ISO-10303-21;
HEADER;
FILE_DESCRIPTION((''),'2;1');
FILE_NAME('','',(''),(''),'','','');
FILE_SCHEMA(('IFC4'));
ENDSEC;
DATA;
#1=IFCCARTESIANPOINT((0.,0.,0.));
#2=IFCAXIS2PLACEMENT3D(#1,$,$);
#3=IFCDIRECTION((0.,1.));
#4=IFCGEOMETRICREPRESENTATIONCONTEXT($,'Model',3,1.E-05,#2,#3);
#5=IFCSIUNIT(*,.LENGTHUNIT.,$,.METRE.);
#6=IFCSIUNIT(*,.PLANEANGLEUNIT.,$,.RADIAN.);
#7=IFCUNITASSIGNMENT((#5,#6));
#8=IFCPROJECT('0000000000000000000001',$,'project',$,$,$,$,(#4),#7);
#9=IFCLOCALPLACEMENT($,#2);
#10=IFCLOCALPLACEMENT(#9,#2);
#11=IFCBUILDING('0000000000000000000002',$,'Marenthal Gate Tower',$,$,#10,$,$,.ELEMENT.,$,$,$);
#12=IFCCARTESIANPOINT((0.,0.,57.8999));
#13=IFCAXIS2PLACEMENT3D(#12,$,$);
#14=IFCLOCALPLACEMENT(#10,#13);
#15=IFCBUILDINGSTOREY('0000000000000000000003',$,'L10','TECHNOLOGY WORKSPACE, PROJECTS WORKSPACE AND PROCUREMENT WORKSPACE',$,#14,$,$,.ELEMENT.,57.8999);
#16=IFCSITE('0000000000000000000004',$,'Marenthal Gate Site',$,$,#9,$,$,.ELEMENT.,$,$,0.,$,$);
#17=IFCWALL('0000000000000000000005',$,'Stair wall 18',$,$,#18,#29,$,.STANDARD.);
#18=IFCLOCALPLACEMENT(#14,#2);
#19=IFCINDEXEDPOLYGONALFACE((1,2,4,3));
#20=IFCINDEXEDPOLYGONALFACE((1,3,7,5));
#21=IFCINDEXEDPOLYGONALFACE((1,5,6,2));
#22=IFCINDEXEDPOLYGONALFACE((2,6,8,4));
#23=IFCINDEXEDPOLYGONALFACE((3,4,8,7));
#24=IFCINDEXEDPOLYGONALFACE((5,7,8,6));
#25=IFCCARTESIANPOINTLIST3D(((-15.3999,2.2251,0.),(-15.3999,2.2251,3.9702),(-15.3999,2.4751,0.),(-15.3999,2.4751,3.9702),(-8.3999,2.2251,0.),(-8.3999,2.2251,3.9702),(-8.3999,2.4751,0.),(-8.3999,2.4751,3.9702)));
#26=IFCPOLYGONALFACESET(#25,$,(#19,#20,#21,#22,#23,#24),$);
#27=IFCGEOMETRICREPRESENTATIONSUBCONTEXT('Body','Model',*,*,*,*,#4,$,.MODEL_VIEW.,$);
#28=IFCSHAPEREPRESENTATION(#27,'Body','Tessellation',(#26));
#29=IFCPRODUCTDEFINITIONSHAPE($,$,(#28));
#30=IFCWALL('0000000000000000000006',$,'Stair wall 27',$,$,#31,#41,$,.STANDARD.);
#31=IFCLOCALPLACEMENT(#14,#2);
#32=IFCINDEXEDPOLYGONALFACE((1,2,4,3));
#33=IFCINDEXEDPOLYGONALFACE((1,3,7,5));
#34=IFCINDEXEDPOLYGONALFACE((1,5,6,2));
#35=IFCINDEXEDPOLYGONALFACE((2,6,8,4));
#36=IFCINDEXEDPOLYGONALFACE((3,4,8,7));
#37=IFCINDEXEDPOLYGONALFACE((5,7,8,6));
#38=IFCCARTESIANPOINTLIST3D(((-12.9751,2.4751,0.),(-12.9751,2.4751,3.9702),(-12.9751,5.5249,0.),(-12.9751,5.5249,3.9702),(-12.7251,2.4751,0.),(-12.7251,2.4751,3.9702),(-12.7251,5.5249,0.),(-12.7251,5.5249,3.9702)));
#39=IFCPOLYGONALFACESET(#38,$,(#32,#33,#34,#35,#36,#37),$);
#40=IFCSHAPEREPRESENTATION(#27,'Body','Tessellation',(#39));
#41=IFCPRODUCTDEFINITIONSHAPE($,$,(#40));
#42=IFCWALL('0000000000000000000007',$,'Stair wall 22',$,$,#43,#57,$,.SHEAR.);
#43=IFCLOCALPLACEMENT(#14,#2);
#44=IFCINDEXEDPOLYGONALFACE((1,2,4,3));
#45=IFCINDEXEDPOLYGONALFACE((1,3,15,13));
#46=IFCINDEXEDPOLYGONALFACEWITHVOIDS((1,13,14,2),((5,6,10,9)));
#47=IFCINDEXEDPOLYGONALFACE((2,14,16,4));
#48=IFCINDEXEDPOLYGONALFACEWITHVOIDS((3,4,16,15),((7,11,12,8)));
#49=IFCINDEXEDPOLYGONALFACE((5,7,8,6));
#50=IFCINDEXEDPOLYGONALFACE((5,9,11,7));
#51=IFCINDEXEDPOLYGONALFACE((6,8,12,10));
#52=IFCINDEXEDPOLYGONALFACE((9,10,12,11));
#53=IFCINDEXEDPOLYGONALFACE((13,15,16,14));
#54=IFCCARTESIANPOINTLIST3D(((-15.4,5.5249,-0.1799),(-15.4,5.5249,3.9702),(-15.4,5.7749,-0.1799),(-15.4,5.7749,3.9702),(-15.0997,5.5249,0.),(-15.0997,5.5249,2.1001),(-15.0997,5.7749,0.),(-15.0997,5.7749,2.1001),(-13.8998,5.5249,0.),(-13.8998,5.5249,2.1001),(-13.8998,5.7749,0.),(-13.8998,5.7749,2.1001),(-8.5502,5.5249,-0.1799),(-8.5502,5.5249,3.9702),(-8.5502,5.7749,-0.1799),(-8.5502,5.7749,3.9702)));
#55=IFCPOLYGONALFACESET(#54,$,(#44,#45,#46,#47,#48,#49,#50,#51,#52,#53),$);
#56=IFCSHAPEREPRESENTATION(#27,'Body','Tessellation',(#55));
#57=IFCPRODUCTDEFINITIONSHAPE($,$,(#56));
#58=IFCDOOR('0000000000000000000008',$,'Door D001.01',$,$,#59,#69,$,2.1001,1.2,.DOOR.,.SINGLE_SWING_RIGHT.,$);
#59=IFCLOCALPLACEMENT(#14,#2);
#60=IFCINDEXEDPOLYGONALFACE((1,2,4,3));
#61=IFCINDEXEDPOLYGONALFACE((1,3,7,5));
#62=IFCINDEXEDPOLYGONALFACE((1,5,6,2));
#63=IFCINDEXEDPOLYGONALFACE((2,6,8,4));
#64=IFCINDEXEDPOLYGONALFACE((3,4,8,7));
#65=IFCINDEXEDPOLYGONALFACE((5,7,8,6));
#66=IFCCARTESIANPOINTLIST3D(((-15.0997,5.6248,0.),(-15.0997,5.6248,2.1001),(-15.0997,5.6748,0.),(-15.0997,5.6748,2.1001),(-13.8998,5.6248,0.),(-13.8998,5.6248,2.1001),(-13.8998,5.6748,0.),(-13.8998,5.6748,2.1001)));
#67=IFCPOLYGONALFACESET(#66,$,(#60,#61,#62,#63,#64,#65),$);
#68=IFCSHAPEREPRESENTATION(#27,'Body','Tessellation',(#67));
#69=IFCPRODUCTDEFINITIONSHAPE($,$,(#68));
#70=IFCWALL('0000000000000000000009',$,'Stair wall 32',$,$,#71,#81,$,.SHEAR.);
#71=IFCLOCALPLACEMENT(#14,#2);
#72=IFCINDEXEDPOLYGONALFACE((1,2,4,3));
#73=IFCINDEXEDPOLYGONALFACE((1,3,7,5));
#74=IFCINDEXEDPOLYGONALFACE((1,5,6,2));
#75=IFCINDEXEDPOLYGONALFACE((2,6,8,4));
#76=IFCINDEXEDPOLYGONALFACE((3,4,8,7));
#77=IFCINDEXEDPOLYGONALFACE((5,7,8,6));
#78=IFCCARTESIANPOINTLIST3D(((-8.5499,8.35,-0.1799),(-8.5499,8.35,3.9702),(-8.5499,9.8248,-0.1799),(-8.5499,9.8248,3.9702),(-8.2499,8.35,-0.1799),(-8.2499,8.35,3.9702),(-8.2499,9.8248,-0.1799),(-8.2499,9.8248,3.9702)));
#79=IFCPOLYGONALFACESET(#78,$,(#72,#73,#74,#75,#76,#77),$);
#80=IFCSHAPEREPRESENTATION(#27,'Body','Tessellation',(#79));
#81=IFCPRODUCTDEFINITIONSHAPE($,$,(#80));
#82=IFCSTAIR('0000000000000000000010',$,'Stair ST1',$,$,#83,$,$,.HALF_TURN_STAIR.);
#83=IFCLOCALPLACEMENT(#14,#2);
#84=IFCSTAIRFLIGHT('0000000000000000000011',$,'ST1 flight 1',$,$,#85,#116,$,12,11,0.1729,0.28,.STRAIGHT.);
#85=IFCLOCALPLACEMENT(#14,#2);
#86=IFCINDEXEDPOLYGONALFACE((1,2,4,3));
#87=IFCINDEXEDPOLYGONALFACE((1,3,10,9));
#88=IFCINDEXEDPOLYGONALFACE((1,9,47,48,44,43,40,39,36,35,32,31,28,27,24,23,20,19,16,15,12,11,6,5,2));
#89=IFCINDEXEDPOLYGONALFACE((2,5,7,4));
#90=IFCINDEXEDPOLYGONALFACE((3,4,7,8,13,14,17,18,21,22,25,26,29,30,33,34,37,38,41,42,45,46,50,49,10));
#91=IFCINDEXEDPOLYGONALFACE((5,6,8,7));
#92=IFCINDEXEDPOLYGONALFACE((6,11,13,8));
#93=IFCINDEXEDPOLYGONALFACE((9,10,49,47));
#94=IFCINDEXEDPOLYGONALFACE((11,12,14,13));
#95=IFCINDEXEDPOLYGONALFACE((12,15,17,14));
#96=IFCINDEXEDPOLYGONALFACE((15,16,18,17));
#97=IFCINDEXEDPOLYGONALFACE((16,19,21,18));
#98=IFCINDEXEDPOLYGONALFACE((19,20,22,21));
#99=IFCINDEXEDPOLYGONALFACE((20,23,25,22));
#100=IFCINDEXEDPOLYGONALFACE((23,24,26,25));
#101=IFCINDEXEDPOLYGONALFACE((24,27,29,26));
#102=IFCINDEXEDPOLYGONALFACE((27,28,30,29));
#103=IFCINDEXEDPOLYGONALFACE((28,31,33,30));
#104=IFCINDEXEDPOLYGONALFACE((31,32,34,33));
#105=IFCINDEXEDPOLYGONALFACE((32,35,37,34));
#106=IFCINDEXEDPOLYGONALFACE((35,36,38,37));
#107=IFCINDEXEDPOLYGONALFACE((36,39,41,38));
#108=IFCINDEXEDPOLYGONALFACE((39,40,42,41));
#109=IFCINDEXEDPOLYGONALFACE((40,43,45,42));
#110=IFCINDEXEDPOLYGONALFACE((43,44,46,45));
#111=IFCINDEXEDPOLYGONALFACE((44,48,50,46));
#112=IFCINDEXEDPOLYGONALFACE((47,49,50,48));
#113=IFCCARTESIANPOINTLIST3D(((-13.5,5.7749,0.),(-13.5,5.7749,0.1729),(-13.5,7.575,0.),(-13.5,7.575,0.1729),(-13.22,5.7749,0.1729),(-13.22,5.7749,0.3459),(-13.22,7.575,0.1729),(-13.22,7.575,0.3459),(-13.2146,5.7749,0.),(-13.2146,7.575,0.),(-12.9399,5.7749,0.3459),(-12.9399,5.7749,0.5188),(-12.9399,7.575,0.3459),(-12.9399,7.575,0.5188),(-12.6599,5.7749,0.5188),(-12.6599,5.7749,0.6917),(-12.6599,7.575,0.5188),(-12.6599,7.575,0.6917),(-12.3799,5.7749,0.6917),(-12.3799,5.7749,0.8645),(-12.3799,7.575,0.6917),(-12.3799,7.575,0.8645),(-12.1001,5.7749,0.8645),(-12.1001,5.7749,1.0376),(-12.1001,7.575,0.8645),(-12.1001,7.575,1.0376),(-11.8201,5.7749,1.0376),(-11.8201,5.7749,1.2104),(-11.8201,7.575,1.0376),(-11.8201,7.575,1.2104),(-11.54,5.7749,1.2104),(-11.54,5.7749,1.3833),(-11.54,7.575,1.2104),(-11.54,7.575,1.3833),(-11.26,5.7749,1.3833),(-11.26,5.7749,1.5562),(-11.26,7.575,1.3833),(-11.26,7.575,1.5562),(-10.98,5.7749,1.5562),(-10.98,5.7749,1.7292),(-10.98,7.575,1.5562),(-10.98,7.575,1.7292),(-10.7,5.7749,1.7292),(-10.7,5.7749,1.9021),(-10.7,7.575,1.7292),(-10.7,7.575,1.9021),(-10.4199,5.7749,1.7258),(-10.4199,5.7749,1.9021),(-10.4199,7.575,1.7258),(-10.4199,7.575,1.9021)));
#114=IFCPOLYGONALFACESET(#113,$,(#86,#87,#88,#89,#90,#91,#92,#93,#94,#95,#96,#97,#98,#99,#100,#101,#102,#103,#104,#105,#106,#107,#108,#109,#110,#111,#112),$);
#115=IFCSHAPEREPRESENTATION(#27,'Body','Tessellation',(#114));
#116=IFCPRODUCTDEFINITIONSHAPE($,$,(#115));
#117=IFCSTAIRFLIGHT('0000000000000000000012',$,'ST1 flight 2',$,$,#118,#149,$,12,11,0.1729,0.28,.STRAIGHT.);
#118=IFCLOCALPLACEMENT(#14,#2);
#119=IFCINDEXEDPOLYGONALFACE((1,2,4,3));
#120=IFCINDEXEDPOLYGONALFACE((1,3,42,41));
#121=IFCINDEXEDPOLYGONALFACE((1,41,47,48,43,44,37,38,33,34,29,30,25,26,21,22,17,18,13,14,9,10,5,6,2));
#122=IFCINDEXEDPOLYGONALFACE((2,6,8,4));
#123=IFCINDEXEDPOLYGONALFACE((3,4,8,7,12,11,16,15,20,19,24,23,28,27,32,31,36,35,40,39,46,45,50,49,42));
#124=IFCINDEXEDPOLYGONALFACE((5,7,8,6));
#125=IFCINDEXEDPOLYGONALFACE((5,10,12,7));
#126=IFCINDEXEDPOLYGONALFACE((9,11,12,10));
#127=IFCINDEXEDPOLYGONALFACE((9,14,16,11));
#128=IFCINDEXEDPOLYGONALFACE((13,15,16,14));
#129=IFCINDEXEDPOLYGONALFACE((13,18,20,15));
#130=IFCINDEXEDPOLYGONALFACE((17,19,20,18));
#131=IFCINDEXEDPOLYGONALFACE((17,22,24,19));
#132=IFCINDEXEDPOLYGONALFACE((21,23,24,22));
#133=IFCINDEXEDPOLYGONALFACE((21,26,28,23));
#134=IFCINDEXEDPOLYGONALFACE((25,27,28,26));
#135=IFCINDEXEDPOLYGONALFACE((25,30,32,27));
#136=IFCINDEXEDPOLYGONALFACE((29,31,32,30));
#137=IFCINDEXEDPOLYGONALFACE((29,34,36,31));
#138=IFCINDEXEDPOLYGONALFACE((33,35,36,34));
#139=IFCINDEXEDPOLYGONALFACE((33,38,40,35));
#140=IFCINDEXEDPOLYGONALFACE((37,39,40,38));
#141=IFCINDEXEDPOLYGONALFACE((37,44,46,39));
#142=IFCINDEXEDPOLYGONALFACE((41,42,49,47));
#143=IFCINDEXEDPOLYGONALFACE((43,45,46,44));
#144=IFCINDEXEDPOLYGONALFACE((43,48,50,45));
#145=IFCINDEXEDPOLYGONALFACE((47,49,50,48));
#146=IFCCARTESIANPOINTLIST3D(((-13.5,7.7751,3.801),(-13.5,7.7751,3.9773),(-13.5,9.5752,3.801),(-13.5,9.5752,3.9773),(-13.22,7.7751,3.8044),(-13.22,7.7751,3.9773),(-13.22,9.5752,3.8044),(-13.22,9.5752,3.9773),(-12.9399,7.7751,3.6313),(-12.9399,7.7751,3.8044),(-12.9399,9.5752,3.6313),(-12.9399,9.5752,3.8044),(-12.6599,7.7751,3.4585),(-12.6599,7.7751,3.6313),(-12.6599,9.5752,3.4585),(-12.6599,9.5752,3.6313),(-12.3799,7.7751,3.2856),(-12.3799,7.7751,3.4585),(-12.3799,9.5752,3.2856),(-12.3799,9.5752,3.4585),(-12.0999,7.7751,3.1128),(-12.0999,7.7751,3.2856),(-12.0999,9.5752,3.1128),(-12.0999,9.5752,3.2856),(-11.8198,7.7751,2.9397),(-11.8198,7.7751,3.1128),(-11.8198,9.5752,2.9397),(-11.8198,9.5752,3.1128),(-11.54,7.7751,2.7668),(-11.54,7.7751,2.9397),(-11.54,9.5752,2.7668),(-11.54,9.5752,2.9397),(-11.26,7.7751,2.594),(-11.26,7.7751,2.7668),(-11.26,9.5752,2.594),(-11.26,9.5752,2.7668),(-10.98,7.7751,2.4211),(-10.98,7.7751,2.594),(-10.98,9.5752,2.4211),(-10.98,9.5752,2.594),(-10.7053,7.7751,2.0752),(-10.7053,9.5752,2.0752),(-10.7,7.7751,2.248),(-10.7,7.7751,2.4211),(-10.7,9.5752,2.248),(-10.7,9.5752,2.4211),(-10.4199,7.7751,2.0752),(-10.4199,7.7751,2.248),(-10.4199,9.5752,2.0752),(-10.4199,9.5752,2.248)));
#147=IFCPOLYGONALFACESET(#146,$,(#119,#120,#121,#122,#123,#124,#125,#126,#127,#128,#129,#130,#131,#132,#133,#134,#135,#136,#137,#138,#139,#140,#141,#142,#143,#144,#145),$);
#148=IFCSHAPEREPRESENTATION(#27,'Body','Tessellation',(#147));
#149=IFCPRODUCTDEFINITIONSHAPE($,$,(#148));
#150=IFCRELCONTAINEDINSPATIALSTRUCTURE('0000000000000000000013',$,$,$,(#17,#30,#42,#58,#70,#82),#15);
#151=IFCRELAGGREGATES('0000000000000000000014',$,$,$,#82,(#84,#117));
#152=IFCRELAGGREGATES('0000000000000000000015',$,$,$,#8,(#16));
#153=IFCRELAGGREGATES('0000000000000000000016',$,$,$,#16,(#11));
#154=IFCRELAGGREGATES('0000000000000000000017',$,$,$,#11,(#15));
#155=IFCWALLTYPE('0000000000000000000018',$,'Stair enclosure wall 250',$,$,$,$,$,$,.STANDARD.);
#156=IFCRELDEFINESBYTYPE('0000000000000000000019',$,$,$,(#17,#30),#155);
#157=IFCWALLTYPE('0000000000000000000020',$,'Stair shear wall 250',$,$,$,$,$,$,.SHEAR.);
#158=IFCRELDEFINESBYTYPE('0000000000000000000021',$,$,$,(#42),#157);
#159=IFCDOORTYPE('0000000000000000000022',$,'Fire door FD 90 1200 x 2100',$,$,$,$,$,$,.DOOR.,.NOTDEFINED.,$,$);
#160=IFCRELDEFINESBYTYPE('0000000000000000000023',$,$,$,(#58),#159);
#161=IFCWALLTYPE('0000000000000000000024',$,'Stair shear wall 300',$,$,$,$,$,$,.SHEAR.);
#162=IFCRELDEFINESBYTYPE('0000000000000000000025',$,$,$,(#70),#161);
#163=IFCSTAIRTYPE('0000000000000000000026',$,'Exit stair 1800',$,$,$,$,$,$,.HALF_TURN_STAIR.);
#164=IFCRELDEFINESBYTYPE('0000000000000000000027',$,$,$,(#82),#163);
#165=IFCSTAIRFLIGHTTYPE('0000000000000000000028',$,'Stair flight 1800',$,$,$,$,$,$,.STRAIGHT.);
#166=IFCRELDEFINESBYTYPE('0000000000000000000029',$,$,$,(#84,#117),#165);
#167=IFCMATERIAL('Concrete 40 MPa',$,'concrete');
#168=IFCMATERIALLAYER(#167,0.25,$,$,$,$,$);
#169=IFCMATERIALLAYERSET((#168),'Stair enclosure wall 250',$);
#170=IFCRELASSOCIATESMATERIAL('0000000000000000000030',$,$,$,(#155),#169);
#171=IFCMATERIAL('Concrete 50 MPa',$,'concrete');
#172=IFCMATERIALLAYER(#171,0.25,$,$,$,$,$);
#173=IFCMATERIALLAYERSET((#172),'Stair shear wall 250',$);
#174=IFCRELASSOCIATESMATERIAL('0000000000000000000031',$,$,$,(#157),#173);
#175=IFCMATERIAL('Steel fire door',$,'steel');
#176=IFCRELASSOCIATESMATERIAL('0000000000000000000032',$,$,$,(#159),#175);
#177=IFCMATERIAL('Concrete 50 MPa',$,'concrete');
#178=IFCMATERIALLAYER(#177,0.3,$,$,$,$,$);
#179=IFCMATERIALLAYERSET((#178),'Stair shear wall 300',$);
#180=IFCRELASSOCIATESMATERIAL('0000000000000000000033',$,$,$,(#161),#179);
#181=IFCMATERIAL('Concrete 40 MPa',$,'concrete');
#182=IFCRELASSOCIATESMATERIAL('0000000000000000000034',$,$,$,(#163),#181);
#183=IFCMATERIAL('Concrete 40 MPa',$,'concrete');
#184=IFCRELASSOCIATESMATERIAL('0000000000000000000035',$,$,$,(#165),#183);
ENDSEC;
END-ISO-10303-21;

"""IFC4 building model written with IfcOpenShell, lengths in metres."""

from ifc_helpers import new_model, si_unit, direction, frame, frame_2d, origin, place, context, subcontext, project, spatial, polyline, rectangle, outline, extrude, material, layer, layer_set, type_object, element, fill, aggregate, save


model = new_model("IFC4")

# Units and contexts
model_context = context("Model", 3, precision=1e-05, world=origin(), true_north=direction((0.0, 1.0)))
body_context = subcontext(model_context, "Body", "Model", "MODEL_VIEW")
ifc_project = project(units=[si_unit("LENGTHUNIT", "METRE"), si_unit("PLANEANGLEUNIT", "RADIAN")], contexts=[model_context])

# Site, building, storey
site_placement = place(None, origin())
site = spatial("IfcSite", under=ifc_project, at=site_placement, Name="Marenthal Gate Site", CompositionType="ELEMENT", RefElevation=0.0)
building_placement = place(site_placement, origin())
building = spatial("IfcBuilding", under=site, at=building_placement, Name="Marenthal Gate Tower", CompositionType="ELEMENT")
storey_placement = place(building_placement, frame((0.0, 0.0, 57.8999)))
storey = spatial("IfcBuildingStorey", under=building, at=storey_placement, Name="L10", Description="TECHNOLOGY WORKSPACE, PROJECTS WORKSPACE AND PROCUREMENT WORKSPACE", CompositionType="ELEMENT", Elevation=57.8999)

# Walls
ifc_material_1 = material(Name="Concrete 40 MPa", Category="concrete")
ifc_layer_1 = layer(ifc_material_1, 0.25)
ifc_layer_set_1 = layer_set([ifc_layer_1], Name="Stair enclosure wall 250")
wall_type_1 = type_object("IfcWallType", Name="Stair enclosure wall 250", PredefinedType="STANDARD", material=ifc_layer_set_1)
wall_1_placement = place(storey_placement, frame((-15.3999, 2.3501, 0.0), z_axis=(0.0, 0.0, 1.0), x_axis=(1.0, 0.0, 0.0)))
element("IfcWall", 1, at=wall_1_placement, inside=storey, type_object=wall_type_1, Name="Stair wall 18", PredefinedType="STANDARD", context=body_context, shape_type="SweptSolid", body=[
    extrude(rectangle(XDim=7.0, YDim=0.25, at=frame_2d((3.5, 0.0))), origin(), (0.0, 0.0, 1.0), 3.9702),
])
wall_2_placement = place(storey_placement, frame((-12.8501, 2.4751, 0.0), z_axis=(0.0, 0.0, 1.0), x_axis=(0.0, 1.0, 0.0)))
element("IfcWall", 2, at=wall_2_placement, inside=storey, type_object=wall_type_1, Name="Stair wall 27", PredefinedType="STANDARD", context=body_context, shape_type="SweptSolid", body=[
    extrude(rectangle(XDim=3.0498, YDim=0.25, at=frame_2d((1.5249, 0.0))), origin(), (0.0, 0.0, 1.0), 3.9702),
])

# Wall, opening, door
ifc_material_2 = material(Name="Concrete 50 MPa", Category="concrete")
ifc_layer_2 = layer(ifc_material_2, 0.25)
ifc_layer_set_2 = layer_set([ifc_layer_2], Name="Stair shear wall 250")
wall_type_2 = type_object("IfcWallType", Name="Stair shear wall 250", PredefinedType="SHEAR", material=ifc_layer_set_2)
wall_3_placement = place(storey_placement, frame((-15.3999, 5.6499, -0.1799), z_axis=(0.0, 0.0, 1.0), x_axis=(1.0, 0.0, 0.0)))
wall_3 = element("IfcWall", 3, at=wall_3_placement, inside=storey, type_object=wall_type_2, Name="Stair wall 22", PredefinedType="SHEAR", context=body_context, shape_type="SweptSolid", body=[
    extrude(rectangle(XDim=6.8499, YDim=0.25, at=frame_2d((3.4248, 0.0))), origin(), (0.0, 0.0, 1.0), 4.1501),
])
opening_1_placement = place(wall_3_placement, frame((0.3, 0.0, 0.1799)))
opening_1 = element("IfcOpeningElement", 4, at=opening_1_placement, cuts=wall_3, PredefinedType="OPENING", context=body_context, shape_type="SweptSolid", body=[
    extrude(rectangle(XDim=1.2, YDim=2.1001, at=frame_2d((0.6001, 1.05))), frame((0.0, 0.135, 0.0), z_axis=(0.0, -1.0, 0.0), x_axis=(1.0, 0.0, 0.0)), (0.0, 0.0, 1.0), 0.27),
])
ifc_material_3 = material(Name="Steel fire door", Category="steel")
door_type_1 = type_object("IfcDoorType", Name="Fire door FD 90 1200 x 2100", OperationType="NOTDEFINED", PredefinedType="DOOR", material=ifc_material_3)
door_1_placement = place(opening_1_placement, origin())
door_1 = element("IfcDoor", 5, at=door_1_placement, inside=storey, type_object=door_type_1, Name="Door D001.01", OperationType="SINGLE_SWING_RIGHT", OverallHeight=2.1001, OverallWidth=1.2, PredefinedType="DOOR", context=body_context, shape_type="SweptSolid", body=[
    extrude(rectangle(XDim=1.2, YDim=2.1001, at=frame_2d((0.6001, 1.05))), frame((0.0, 0.0249, 0.0), z_axis=(0.0, -1.0, 0.0), x_axis=(1.0, 0.0, 0.0)), (0.0, 0.0, 1.0), 0.05),
])
fill(opening_1, door_1)

# Wall
ifc_material_4 = material(Name="Concrete 50 MPa", Category="concrete")
ifc_layer_3 = layer(ifc_material_4, 0.3)
ifc_layer_set_3 = layer_set([ifc_layer_3], Name="Stair shear wall 300")
wall_type_3 = type_object("IfcWallType", Name="Stair shear wall 300", PredefinedType="SHEAR", material=ifc_layer_set_3)
wall_4_placement = place(storey_placement, frame((-8.3999, 8.3501, -0.1799), z_axis=(0.0, 0.0, 1.0), x_axis=(0.0, 1.0, 0.0)))
element("IfcWall", 6, at=wall_4_placement, inside=storey, type_object=wall_type_3, Name="Stair wall 32", PredefinedType="SHEAR", context=body_context, shape_type="SweptSolid", body=[
    extrude(rectangle(XDim=1.4749, YDim=0.3, at=frame_2d((0.7373, 0.0))), origin(), (0.0, 0.0, 1.0), 4.1501),
])

# Stair, stair flights
ifc_material_5 = material(Name="Concrete 40 MPa", Category="concrete")
stair_type = type_object("IfcStairType", Name="Exit stair 1800", PredefinedType="HALF_TURN_STAIR", material=ifc_material_5)
stair_placement = place(storey_placement, origin())
stair = element("IfcStair", 7, at=stair_placement, inside=storey, type_object=stair_type, Name="Stair ST1", PredefinedType="HALF_TURN_STAIR")
ifc_material_6 = material(Name="Concrete 40 MPa", Category="concrete")
stair_flight_type = type_object("IfcStairFlightType", Name="Stair flight 1800", PredefinedType="STRAIGHT", material=ifc_material_6)
stair_flight_1_placement = place(storey_placement, frame((-13.5, 6.675, 0.0), z_axis=(0.0, 0.0, 1.0), x_axis=(1.0, 0.0, 0.0)))
stair_flight_1 = element("IfcStairFlight", 8, at=stair_flight_1_placement, type_object=stair_flight_type, Name="ST1 flight 1", NumberOfRisers=12, NumberOfTreads=11, PredefinedType="STRAIGHT", RiserHeight=0.1729, TreadLength=0.28, context=body_context, shape_type="SweptSolid", body=[
    extrude(outline(polyline([(0.0, 0.0), (0.0, 0.1729), (0.28, 0.1729), (0.28, 0.3459), (0.5601, 0.3459), (0.5601, 0.5188), (0.8401, 0.5188), (0.8401, 0.6917), (1.1201, 0.6917), (1.1201, 0.8645), (1.3999, 0.8645), (1.3999, 1.0376), (1.6799, 1.0376), (1.6799, 1.2104), (1.96, 1.2104), (1.96, 1.3833), (2.24, 1.3833), (2.24, 1.5562), (2.52, 1.5562), (2.52, 1.7292), (2.8, 1.7292), (2.8, 1.9021), (3.0801, 1.9021), (3.0801, 2.075), (3.0801, 1.7258), (0.2854, 0.0), (0.0, 0.0)])), frame((0.0, 0.8999, 0.0), z_axis=(0.0, -1.0, 0.0), x_axis=(1.0, 0.0, 0.0)), (0.0, 0.0, 1.0), 1.8),
])
stair_flight_2_placement = place(storey_placement, frame((-10.4199, 8.675, 2.0752), z_axis=(0.0, 0.0, 1.0), x_axis=(-1.0, 0.0, 0.0)))
stair_flight_2 = element("IfcStairFlight", 9, at=stair_flight_2_placement, type_object=stair_flight_type, Name="ST1 flight 2", NumberOfRisers=12, NumberOfTreads=11, PredefinedType="STRAIGHT", RiserHeight=0.1729, TreadLength=0.28, context=body_context, shape_type="SweptSolid", body=[
    extrude(outline(polyline([(0.0, 0.0), (0.0, 0.1729), (0.28, 0.1729), (0.28, 0.3459), (0.5601, 0.3459), (0.5601, 0.5188), (0.8401, 0.5188), (0.8401, 0.6917), (1.1201, 0.6917), (1.1201, 0.8645), (1.3999, 0.8645), (1.3999, 1.0376), (1.6799, 1.0376), (1.6799, 1.2104), (1.96, 1.2104), (1.96, 1.3833), (2.24, 1.3833), (2.24, 1.5562), (2.52, 1.5562), (2.52, 1.7292), (2.8, 1.7292), (2.8, 1.9021), (3.0801, 1.9021), (3.0801, 2.075), (3.0801, 1.7258), (0.2854, 0.0), (0.0, 0.0)])), frame((0.0, 0.8999, 0.0), z_axis=(0.0, -1.0, 0.0), x_axis=(1.0, 0.0, 0.0)), (0.0, 0.0, 1.0), 1.8),
])
aggregate(stair, [stair_flight_1, stair_flight_2])

save(model, "model.ifc")
